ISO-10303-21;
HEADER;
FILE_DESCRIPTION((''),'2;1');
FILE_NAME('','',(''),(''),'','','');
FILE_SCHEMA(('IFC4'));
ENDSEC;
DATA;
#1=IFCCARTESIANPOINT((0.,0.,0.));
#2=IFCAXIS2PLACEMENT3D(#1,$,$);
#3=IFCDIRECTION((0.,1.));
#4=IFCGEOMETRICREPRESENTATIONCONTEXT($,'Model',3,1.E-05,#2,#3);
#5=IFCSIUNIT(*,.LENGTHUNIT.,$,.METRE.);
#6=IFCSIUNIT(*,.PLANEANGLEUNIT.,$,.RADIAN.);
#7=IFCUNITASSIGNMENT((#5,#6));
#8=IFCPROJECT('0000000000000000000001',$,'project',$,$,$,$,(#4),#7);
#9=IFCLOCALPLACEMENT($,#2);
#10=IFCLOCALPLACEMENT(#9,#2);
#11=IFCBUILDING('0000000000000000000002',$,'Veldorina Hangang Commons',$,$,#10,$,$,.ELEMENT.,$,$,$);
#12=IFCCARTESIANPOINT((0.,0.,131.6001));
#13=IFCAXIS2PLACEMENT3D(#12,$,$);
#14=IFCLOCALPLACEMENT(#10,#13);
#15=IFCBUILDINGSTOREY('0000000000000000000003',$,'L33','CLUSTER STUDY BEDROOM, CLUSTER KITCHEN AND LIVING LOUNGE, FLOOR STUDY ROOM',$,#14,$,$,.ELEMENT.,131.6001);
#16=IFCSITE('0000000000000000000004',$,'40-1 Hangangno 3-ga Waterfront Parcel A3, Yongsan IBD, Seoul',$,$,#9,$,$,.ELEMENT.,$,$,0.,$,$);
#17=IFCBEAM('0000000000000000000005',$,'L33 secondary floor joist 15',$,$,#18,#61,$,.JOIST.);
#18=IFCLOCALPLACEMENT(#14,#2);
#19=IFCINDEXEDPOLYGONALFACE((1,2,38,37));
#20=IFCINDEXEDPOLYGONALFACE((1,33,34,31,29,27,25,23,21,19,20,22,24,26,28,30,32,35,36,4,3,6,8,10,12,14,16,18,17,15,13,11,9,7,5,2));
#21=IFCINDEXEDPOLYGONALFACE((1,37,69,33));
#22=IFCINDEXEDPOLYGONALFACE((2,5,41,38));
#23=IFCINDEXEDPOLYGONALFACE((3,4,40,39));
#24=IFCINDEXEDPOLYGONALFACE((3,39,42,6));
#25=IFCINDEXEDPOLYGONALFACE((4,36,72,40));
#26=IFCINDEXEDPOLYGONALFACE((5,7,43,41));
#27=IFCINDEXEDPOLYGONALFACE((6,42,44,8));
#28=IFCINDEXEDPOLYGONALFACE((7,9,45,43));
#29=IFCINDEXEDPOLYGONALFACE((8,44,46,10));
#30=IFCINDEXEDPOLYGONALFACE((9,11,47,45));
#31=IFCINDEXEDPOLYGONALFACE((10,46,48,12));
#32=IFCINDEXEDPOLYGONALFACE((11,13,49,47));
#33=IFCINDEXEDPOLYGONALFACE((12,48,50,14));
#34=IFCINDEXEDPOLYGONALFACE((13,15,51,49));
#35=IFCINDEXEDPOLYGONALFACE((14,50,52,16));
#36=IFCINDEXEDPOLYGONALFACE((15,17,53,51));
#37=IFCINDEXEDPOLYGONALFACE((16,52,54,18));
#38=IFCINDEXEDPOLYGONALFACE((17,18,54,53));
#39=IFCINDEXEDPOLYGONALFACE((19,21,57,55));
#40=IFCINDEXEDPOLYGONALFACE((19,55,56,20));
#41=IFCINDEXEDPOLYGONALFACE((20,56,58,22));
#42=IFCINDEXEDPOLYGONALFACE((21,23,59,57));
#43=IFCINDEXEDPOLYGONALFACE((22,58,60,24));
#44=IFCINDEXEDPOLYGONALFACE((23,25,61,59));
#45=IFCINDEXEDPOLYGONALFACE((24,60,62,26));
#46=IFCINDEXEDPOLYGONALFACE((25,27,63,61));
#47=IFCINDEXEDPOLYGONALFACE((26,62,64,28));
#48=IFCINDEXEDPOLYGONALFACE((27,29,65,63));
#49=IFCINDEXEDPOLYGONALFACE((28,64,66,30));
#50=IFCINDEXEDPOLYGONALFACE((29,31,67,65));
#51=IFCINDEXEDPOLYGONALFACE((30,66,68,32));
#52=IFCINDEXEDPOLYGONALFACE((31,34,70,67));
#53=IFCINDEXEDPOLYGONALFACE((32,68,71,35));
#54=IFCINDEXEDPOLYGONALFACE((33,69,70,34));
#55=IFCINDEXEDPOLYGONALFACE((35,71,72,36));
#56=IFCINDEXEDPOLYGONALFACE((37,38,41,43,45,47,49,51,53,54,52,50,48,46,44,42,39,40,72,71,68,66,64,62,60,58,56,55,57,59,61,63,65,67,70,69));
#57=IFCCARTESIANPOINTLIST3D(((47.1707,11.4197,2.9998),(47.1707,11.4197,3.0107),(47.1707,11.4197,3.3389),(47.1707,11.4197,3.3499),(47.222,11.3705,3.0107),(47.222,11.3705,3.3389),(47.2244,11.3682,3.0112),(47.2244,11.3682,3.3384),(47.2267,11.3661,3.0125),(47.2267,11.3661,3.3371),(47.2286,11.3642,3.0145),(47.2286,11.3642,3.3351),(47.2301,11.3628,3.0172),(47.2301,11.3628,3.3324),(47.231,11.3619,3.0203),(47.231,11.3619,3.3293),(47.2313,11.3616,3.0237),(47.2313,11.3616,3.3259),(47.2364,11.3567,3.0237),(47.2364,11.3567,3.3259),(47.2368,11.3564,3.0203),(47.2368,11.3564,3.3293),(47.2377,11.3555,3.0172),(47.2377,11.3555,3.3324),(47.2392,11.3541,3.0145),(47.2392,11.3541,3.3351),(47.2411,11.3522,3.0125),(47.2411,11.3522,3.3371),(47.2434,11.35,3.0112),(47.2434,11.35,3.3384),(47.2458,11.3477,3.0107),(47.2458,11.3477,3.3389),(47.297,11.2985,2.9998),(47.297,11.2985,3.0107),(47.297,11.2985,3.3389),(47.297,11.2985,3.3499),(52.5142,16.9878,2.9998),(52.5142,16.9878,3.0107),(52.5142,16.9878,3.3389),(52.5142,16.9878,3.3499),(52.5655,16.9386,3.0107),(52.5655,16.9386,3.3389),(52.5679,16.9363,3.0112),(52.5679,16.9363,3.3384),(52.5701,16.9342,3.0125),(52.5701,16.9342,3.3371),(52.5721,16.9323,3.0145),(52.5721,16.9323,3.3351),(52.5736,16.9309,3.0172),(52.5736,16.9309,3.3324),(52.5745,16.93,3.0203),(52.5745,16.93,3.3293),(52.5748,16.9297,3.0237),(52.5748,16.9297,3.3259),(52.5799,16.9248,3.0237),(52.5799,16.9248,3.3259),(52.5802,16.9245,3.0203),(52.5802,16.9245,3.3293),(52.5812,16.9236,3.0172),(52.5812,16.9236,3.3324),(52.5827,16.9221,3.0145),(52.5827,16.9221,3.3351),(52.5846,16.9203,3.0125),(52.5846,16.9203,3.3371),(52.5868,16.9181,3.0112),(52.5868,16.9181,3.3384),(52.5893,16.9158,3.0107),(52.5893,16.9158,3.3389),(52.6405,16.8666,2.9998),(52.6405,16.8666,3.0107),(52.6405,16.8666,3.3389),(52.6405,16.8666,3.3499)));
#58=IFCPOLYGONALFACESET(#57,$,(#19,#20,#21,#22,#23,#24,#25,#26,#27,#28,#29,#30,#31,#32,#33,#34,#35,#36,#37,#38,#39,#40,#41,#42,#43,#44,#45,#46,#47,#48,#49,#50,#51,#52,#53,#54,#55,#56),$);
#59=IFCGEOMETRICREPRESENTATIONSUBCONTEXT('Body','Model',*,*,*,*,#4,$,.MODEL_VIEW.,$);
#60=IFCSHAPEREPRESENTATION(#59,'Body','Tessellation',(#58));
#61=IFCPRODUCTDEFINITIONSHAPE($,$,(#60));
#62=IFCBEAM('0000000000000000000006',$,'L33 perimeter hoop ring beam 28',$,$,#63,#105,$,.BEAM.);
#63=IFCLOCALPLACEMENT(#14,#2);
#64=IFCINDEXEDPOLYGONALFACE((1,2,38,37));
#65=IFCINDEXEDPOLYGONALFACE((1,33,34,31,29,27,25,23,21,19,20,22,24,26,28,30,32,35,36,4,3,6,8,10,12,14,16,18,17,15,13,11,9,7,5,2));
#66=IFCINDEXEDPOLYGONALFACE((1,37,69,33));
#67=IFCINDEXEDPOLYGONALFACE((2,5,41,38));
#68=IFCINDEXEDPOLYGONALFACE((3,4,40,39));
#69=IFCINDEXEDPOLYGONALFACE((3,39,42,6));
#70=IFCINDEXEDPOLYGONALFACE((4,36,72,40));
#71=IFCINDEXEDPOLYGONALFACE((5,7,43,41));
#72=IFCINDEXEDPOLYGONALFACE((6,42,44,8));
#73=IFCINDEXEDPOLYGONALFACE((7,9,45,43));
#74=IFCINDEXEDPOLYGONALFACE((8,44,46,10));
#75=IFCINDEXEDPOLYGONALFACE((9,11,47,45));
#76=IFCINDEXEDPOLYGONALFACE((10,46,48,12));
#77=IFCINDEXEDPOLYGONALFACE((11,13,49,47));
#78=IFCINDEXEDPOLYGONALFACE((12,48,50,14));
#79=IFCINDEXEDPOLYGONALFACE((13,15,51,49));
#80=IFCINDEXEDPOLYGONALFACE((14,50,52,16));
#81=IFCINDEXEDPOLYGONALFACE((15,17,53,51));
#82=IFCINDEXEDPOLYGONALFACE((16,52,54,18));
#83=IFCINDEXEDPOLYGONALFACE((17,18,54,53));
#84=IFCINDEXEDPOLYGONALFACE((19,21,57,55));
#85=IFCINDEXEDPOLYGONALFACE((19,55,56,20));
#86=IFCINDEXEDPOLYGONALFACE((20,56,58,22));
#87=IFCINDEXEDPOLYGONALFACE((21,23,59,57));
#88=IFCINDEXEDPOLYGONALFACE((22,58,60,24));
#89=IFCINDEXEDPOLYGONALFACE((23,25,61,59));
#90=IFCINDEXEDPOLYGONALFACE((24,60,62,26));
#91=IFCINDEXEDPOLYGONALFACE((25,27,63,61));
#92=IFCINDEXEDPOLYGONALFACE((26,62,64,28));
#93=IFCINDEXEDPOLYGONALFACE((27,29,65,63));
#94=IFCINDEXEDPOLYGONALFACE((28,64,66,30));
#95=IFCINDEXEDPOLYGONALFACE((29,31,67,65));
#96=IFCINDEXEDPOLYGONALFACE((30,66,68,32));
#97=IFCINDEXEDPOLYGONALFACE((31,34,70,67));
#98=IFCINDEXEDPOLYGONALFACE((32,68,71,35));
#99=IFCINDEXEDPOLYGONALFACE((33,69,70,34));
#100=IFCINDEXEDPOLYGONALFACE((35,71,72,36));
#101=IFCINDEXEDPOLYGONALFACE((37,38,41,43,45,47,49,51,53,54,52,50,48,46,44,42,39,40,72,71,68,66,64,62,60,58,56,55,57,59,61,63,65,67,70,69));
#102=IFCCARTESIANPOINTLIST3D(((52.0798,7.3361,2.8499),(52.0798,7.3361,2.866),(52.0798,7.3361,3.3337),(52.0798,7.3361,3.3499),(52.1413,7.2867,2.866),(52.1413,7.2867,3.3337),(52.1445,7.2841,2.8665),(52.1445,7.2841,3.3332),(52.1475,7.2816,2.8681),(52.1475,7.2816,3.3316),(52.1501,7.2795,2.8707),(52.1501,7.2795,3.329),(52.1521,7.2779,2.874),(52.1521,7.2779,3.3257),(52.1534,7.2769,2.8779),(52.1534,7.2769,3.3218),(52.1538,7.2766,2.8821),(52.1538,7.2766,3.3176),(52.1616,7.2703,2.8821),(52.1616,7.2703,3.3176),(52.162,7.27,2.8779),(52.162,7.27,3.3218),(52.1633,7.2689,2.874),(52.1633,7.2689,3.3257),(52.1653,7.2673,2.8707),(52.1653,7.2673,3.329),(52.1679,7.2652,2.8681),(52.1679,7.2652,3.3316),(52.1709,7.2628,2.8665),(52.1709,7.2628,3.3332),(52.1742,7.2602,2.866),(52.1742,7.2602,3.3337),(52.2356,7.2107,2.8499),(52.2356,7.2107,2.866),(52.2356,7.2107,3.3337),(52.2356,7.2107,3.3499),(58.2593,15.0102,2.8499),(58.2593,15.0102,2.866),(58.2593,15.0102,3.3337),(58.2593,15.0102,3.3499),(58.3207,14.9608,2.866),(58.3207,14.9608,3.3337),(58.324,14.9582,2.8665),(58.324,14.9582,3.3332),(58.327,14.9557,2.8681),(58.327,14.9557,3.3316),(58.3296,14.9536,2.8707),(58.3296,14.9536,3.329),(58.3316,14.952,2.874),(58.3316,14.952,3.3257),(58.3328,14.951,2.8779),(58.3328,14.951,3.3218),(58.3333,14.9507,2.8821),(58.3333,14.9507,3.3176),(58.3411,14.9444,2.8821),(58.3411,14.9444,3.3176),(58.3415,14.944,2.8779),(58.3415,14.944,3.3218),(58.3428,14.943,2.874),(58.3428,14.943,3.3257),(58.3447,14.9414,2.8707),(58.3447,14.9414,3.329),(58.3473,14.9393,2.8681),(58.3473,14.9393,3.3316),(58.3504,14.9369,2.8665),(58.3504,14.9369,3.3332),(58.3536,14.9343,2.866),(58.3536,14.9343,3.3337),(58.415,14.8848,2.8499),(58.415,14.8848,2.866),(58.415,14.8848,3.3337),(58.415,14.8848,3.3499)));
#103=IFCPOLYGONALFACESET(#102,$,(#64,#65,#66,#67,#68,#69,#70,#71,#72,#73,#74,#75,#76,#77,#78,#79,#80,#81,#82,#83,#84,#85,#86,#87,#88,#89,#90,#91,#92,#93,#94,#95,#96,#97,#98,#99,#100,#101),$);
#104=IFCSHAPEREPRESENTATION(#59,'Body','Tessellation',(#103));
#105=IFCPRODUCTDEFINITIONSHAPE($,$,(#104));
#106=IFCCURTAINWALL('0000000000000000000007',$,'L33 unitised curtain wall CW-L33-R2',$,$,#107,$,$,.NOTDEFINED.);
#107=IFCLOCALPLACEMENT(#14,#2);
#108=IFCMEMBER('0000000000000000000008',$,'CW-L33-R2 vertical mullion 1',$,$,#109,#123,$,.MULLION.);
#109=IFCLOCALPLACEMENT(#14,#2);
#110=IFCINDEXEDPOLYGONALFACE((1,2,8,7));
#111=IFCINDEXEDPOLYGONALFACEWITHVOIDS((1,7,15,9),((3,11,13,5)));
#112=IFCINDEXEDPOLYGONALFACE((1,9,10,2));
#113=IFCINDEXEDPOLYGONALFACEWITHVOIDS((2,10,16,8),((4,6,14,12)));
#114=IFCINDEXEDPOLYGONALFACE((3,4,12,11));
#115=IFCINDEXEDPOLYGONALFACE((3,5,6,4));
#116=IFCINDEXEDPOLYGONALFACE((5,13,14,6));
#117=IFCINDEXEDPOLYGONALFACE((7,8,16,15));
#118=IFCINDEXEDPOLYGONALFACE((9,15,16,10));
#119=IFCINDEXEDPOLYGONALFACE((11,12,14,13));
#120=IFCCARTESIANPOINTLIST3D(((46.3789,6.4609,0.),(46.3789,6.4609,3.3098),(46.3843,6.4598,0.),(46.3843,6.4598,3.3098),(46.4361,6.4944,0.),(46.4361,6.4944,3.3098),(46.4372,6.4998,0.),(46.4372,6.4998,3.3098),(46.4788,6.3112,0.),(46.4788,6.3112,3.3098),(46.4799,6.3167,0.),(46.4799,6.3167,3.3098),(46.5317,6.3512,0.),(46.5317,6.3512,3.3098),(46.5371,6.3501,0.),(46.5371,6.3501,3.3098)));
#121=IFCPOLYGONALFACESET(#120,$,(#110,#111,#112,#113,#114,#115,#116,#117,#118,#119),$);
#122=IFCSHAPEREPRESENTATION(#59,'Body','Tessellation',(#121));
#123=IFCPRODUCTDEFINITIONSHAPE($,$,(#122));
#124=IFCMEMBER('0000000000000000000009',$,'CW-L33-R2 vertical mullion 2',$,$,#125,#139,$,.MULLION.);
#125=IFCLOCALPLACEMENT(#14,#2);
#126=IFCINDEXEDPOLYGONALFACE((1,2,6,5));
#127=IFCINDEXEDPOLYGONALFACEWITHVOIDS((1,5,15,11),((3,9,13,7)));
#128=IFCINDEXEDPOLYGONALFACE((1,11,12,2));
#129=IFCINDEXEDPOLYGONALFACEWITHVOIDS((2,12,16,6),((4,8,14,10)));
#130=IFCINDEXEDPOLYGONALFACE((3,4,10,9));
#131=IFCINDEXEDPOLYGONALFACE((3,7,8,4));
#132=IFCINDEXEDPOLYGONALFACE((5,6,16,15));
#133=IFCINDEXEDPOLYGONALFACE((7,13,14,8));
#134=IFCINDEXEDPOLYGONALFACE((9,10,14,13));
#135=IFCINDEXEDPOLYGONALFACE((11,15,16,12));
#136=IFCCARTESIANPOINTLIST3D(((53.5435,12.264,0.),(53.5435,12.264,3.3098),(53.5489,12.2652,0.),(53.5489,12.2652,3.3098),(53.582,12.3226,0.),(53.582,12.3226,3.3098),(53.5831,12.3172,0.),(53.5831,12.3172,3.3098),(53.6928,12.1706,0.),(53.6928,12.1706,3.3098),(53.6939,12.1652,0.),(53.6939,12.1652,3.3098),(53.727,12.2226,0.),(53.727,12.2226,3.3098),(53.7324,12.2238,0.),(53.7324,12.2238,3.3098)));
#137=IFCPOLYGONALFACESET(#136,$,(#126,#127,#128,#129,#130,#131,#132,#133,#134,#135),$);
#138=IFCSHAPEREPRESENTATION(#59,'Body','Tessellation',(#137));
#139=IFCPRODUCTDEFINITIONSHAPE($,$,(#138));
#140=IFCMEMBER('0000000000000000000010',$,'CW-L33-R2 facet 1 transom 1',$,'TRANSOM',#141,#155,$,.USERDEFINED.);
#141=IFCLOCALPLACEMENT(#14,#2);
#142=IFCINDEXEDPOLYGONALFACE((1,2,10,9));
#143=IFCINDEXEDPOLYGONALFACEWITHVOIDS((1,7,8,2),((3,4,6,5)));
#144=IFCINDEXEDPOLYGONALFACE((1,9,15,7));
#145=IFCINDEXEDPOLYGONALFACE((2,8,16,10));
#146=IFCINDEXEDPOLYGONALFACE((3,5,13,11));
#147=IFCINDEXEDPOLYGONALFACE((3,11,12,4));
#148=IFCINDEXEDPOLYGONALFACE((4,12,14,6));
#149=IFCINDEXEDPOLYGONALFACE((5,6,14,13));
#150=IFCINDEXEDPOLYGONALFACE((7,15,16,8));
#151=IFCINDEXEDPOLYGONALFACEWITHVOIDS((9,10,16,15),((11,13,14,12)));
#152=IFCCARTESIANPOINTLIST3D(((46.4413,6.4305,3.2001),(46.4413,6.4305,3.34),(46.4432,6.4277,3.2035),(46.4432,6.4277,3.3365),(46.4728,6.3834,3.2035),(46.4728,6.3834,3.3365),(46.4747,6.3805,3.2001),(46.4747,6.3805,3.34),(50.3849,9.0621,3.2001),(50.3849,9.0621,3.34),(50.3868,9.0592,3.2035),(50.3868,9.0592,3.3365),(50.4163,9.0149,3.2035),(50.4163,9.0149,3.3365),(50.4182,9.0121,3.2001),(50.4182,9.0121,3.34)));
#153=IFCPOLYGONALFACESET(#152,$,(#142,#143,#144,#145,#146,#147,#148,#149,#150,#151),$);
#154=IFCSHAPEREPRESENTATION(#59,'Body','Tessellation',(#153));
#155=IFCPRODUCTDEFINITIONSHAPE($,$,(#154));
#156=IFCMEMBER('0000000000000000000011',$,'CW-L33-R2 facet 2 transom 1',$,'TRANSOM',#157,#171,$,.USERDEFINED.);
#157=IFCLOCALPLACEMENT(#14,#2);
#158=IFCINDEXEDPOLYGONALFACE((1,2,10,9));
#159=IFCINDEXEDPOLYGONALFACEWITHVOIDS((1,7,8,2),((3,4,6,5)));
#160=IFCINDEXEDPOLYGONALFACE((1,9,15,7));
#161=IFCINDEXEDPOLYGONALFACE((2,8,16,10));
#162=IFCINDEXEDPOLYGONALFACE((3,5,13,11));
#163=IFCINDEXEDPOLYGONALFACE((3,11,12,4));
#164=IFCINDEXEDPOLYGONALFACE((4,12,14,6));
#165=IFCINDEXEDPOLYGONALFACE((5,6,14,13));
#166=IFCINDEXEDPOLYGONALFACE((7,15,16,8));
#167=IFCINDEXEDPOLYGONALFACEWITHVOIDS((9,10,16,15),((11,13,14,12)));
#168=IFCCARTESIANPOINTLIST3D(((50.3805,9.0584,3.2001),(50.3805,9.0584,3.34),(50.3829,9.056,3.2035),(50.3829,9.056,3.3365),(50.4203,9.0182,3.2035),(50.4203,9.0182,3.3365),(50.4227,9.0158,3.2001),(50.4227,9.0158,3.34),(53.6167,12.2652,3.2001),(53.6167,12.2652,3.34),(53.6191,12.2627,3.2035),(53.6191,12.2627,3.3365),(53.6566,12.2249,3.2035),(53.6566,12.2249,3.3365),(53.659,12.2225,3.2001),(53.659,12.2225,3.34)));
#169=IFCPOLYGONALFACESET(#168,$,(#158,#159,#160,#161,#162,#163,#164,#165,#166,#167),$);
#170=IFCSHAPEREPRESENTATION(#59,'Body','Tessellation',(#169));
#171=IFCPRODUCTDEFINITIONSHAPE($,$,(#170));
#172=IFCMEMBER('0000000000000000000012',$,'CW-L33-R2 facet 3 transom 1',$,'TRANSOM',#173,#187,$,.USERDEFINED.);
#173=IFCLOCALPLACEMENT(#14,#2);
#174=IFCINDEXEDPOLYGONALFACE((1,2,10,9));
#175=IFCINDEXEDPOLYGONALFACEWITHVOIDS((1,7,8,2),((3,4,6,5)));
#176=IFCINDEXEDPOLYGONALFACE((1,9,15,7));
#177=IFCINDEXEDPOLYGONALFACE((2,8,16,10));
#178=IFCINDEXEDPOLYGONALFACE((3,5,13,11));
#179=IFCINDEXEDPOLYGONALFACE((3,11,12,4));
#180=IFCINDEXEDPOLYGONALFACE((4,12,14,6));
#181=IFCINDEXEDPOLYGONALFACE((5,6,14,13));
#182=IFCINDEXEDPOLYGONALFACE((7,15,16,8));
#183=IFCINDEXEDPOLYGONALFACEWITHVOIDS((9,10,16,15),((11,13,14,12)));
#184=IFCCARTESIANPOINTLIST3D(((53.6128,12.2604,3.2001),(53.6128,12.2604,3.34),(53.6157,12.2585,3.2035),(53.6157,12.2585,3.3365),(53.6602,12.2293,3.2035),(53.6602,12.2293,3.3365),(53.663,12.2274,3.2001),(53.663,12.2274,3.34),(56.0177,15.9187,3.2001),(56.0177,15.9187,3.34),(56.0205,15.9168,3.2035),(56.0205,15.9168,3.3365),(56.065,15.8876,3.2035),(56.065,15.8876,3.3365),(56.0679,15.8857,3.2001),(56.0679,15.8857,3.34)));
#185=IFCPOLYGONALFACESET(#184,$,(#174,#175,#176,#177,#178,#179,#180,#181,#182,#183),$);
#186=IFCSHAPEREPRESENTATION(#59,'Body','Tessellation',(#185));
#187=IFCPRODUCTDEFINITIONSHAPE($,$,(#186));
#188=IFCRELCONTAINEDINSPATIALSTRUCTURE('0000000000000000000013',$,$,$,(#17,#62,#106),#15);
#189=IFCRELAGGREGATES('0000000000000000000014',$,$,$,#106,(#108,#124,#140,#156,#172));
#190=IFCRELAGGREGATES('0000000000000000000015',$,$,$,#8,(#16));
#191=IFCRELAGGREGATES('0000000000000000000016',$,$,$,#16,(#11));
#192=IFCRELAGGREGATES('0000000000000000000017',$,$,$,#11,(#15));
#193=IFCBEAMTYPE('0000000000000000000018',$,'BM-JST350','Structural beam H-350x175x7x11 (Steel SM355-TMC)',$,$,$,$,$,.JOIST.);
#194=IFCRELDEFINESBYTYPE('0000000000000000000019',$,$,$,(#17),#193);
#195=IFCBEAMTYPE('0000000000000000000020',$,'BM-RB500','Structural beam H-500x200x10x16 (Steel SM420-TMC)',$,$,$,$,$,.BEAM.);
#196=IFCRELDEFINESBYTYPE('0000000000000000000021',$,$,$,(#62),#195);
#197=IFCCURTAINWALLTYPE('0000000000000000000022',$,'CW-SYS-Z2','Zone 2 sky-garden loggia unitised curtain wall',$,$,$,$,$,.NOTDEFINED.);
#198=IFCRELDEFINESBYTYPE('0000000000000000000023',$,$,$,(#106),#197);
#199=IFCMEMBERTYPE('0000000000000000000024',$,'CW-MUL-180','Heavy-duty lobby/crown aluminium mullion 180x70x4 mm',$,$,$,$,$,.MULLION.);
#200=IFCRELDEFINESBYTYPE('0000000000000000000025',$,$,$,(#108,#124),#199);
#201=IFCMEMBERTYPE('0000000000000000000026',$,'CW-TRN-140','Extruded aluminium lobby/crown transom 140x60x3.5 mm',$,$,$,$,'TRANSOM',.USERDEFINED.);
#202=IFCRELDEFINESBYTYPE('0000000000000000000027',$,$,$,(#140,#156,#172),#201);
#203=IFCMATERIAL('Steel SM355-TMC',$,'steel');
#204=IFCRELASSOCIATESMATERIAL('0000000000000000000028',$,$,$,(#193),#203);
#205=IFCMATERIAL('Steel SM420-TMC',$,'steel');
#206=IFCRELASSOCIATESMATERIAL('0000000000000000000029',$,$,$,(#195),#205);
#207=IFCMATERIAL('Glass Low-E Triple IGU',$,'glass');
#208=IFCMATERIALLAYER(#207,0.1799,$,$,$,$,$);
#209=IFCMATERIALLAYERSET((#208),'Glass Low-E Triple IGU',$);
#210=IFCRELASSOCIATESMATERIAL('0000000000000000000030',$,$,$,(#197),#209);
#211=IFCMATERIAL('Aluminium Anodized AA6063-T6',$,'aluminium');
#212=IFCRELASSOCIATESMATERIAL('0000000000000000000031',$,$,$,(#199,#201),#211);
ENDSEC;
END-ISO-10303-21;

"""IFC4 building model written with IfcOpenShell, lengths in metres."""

from ifc_helpers import new_model, si_unit, direction, frame, origin, origin_2d, place, context, subcontext, project, spatial, hollow_rectangle, i_section, extrude, material, layer, layer_set, material_profile, profile_set, type_object, element, aggregate, save


model = new_model("IFC4")

# Units and contexts
model_context = context("Model", 3, precision=1e-05, world=origin(), true_north=direction((0.0, 1.0)))
body_context = subcontext(model_context, "Body", "Model", "MODEL_VIEW")
ifc_project = project(units=[si_unit("LENGTHUNIT", "METRE"), si_unit("PLANEANGLEUNIT", "RADIAN")], contexts=[model_context])

# Site, building, storey
site_placement = place(None, origin())
site = spatial("IfcSite", under=ifc_project, at=site_placement, Name="40-1 Hangangno 3-ga Waterfront Parcel A3, Yongsan IBD, Seoul", CompositionType="ELEMENT", RefElevation=0.0)
building_placement = place(site_placement, origin())
building = spatial("IfcBuilding", under=site, at=building_placement, Name="Veldorina Hangang Commons", CompositionType="ELEMENT")
storey_placement = place(building_placement, frame((0.0, 0.0, 131.6001)))
storey = spatial("IfcBuildingStorey", under=building, at=storey_placement, Name="L33", Description="CLUSTER STUDY BEDROOM, CLUSTER KITCHEN AND LIVING LOUNGE, FLOOR STUDY ROOM", CompositionType="ELEMENT", Elevation=131.6001)

# Beams
ifc_material_1 = material(Name="Steel SM355-TMC", Category="steel")
ifc_material_profile_1 = material_profile(ifc_material_1, i_section(OverallWidth=0.175, OverallDepth=0.3501, WebThickness=0.0071, FlangeThickness=0.011, FilletRadius=0.0129, at=origin_2d()), Name="H-350x175x7x11")
ifc_profile_set_1 = profile_set([ifc_material_profile_1], Name="Steel SM355-TMC")
beam_type_1 = type_object("IfcBeamType", Name="BM-JST350", Description="Structural beam H-350x175x7x11 (Steel SM355-TMC)", PredefinedType="JOIST", material=ifc_profile_set_1)
beam_1_placement = place(storey_placement, frame((47.2339, 11.3591, 3.1748), z_axis=(0.692405, 0.721509, 0.0), x_axis=(-0.721509, 0.692405, 0.0)))
element("IfcBeam", 1, at=beam_1_placement, inside=storey, type_object=beam_type_1, Name="L33 secondary floor joist 15", PredefinedType="JOIST", context=body_context, shape_type="SweptSolid", body=[
    extrude(i_section(OverallWidth=0.175, OverallDepth=0.3501, WebThickness=0.0071, FlangeThickness=0.011, FilletRadius=0.0129, at=origin_2d()), origin(), (0.0, 0.0, 1.0), 7.7173),
])
ifc_material_2 = material(Name="Steel SM420-TMC", Category="steel")
ifc_material_profile_2 = material_profile(ifc_material_2, i_section(OverallWidth=0.2, OverallDepth=0.5, WebThickness=0.01, FlangeThickness=0.0161, FilletRadius=0.0161, at=origin_2d()), Name="H-500x200x10x16")
ifc_profile_set_2 = profile_set([ifc_material_profile_2], Name="Steel SM420-TMC")
beam_type_2 = type_object("IfcBeamType", Name="BM-RB500", Description="Structural beam H-500x200x10x16 (Steel SM420-TMC)", PredefinedType="BEAM", material=ifc_profile_set_2)
beam_2_placement = place(storey_placement, frame((52.1577, 7.2734, 3.0999), z_axis=(0.627179, 0.778875, 0.0), x_axis=(-0.778875, 0.627179, 0.0)))
element("IfcBeam", 2, at=beam_2_placement, inside=storey, type_object=beam_type_2, Name="L33 perimeter hoop ring beam 28", PredefinedType="BEAM", context=body_context, shape_type="SweptSolid", body=[
    extrude(i_section(OverallWidth=0.2, OverallDepth=0.5, WebThickness=0.01, FlangeThickness=0.0161, FilletRadius=0.0161, at=origin_2d()), origin(), (0.0, 0.0, 1.0), 9.8528),
])

# Curtain wall, members
ifc_material_3 = material(Name="Glass Low-E Triple IGU", Category="glass")
ifc_layer_1 = layer(ifc_material_3, 0.1799)
ifc_layer_set_1 = layer_set([ifc_layer_1], Name="Glass Low-E Triple IGU")
curtain_wall_type = type_object("IfcCurtainWallType", Name="CW-SYS-Z2", Description="Zone 2 sky-garden loggia unitised curtain wall", PredefinedType="NOTDEFINED", material=ifc_layer_set_1)
curtain_wall_placement = place(storey_placement, origin())
curtain_wall = element("IfcCurtainWall", 3, at=curtain_wall_placement, inside=storey, type_object=curtain_wall_type, Name="L33 unitised curtain wall CW-L33-R2", PredefinedType="NOTDEFINED")
ifc_material_4 = material(Name="Aluminium Anodized AA6063-T6", Category="aluminium")
ifc_material_profile_3 = material_profile(ifc_material_4, hollow_rectangle(XDim=0.0701, YDim=0.1799, WallThickness=0.0039, at=origin_2d()), Name="ALU-RHS-180x70x4")
ifc_profile_set_3 = profile_set([ifc_material_profile_3], Name="Aluminium Anodized AA6063-T6")
member_type_1 = type_object("IfcMemberType", Name="CW-MUL-180", Description="Heavy-duty lobby/crown aluminium mullion 180x70x4 mm", PredefinedType="MULLION", material=ifc_profile_set_3)
member_1_placement = place(storey_placement, frame((46.458, 6.4055, 0.0), z_axis=(0.0, 0.0, 1.0), x_axis=(0.831799, 0.555077, 0.0)))
member_1 = element("IfcMember", 4, at=member_1_placement, type_object=member_type_1, Name="CW-L33-R2 vertical mullion 1", PredefinedType="MULLION", context=body_context, shape_type="SweptSolid", body=[
    extrude(hollow_rectangle(XDim=0.0701, YDim=0.1799, WallThickness=0.0039, at=origin_2d()), origin(), (0.0, 0.0, 1.0), 3.3098),
])
member_2_placement = place(storey_placement, frame((53.6379, 12.2439, 0.0), z_axis=(0.0, 0.0, 1.0), x_axis=(0.5493, 0.835625, 0.0)))
member_2 = element("IfcMember", 5, at=member_2_placement, type_object=member_type_1, Name="CW-L33-R2 vertical mullion 2", PredefinedType="MULLION", context=body_context, shape_type="SweptSolid", body=[
    extrude(hollow_rectangle(XDim=0.0701, YDim=0.1799, WallThickness=0.0039, at=origin_2d()), origin(), (0.0, 0.0, 1.0), 3.3098),
])
ifc_material_profile_4 = material_profile(ifc_material_4, hollow_rectangle(XDim=0.0601, YDim=0.1399, WallThickness=0.0034, at=origin_2d()), Name="ALU-RHS-140x60x3.5")
ifc_profile_set_4 = profile_set([ifc_material_profile_4], Name="Aluminium Anodized AA6063-T6")
member_type_2 = type_object("IfcMemberType", Name="CW-TRN-140", Description="Extruded aluminium lobby/crown transom 140x60x3.5 mm", ElementType="TRANSOM", PredefinedType="USERDEFINED", material=ifc_profile_set_4)
member_3_placement = place(storey_placement, frame((46.458, 6.4055, 3.27), z_axis=(0.831805, 0.555069, 0.0), x_axis=(-0.555069, 0.831805, 0.0)))
member_3 = element("IfcMember", 6, at=member_3_placement, type_object=member_type_2, Name="CW-L33-R2 facet 1 transom 1", ObjectType="TRANSOM", PredefinedType="USERDEFINED", context=body_context, shape_type="SweptSolid", body=[
    extrude(hollow_rectangle(XDim=0.0601, YDim=0.1399, WallThickness=0.0034, at=origin_2d()), origin(), (0.0, 0.0, 1.0), 4.741),
])
member_4_placement = place(storey_placement, frame((50.4016, 9.0371, 3.27), z_axis=(0.710341, 0.703857, 0.0), x_axis=(-0.703857, 0.710341, 0.0)))
member_4 = element("IfcMember", 7, at=member_4_placement, type_object=member_type_2, Name="CW-L33-R2 facet 2 transom 1", ObjectType="TRANSOM", PredefinedType="USERDEFINED", context=body_context, shape_type="SweptSolid", body=[
    extrude(hollow_rectangle(XDim=0.0601, YDim=0.1399, WallThickness=0.0034, at=origin_2d()), origin(), (0.0, 0.0, 1.0), 4.5559),
])
member_5_placement = place(storey_placement, frame((53.6379, 12.2439, 3.27), z_axis=(0.549309, 0.835619, 0.0), x_axis=(-0.835619, 0.549309, 0.0)))
member_5 = element("IfcMember", 8, at=member_5_placement, type_object=member_type_2, Name="CW-L33-R2 facet 3 transom 1", ObjectType="TRANSOM", PredefinedType="USERDEFINED", context=body_context, shape_type="SweptSolid", body=[
    extrude(hollow_rectangle(XDim=0.0601, YDim=0.1399, WallThickness=0.0034, at=origin_2d()), origin(), (0.0, 0.0, 1.0), 4.3779),
])

aggregate(curtain_wall, [member_1, member_2, member_3, member_4, member_5])

save(model, "model.ifc")
